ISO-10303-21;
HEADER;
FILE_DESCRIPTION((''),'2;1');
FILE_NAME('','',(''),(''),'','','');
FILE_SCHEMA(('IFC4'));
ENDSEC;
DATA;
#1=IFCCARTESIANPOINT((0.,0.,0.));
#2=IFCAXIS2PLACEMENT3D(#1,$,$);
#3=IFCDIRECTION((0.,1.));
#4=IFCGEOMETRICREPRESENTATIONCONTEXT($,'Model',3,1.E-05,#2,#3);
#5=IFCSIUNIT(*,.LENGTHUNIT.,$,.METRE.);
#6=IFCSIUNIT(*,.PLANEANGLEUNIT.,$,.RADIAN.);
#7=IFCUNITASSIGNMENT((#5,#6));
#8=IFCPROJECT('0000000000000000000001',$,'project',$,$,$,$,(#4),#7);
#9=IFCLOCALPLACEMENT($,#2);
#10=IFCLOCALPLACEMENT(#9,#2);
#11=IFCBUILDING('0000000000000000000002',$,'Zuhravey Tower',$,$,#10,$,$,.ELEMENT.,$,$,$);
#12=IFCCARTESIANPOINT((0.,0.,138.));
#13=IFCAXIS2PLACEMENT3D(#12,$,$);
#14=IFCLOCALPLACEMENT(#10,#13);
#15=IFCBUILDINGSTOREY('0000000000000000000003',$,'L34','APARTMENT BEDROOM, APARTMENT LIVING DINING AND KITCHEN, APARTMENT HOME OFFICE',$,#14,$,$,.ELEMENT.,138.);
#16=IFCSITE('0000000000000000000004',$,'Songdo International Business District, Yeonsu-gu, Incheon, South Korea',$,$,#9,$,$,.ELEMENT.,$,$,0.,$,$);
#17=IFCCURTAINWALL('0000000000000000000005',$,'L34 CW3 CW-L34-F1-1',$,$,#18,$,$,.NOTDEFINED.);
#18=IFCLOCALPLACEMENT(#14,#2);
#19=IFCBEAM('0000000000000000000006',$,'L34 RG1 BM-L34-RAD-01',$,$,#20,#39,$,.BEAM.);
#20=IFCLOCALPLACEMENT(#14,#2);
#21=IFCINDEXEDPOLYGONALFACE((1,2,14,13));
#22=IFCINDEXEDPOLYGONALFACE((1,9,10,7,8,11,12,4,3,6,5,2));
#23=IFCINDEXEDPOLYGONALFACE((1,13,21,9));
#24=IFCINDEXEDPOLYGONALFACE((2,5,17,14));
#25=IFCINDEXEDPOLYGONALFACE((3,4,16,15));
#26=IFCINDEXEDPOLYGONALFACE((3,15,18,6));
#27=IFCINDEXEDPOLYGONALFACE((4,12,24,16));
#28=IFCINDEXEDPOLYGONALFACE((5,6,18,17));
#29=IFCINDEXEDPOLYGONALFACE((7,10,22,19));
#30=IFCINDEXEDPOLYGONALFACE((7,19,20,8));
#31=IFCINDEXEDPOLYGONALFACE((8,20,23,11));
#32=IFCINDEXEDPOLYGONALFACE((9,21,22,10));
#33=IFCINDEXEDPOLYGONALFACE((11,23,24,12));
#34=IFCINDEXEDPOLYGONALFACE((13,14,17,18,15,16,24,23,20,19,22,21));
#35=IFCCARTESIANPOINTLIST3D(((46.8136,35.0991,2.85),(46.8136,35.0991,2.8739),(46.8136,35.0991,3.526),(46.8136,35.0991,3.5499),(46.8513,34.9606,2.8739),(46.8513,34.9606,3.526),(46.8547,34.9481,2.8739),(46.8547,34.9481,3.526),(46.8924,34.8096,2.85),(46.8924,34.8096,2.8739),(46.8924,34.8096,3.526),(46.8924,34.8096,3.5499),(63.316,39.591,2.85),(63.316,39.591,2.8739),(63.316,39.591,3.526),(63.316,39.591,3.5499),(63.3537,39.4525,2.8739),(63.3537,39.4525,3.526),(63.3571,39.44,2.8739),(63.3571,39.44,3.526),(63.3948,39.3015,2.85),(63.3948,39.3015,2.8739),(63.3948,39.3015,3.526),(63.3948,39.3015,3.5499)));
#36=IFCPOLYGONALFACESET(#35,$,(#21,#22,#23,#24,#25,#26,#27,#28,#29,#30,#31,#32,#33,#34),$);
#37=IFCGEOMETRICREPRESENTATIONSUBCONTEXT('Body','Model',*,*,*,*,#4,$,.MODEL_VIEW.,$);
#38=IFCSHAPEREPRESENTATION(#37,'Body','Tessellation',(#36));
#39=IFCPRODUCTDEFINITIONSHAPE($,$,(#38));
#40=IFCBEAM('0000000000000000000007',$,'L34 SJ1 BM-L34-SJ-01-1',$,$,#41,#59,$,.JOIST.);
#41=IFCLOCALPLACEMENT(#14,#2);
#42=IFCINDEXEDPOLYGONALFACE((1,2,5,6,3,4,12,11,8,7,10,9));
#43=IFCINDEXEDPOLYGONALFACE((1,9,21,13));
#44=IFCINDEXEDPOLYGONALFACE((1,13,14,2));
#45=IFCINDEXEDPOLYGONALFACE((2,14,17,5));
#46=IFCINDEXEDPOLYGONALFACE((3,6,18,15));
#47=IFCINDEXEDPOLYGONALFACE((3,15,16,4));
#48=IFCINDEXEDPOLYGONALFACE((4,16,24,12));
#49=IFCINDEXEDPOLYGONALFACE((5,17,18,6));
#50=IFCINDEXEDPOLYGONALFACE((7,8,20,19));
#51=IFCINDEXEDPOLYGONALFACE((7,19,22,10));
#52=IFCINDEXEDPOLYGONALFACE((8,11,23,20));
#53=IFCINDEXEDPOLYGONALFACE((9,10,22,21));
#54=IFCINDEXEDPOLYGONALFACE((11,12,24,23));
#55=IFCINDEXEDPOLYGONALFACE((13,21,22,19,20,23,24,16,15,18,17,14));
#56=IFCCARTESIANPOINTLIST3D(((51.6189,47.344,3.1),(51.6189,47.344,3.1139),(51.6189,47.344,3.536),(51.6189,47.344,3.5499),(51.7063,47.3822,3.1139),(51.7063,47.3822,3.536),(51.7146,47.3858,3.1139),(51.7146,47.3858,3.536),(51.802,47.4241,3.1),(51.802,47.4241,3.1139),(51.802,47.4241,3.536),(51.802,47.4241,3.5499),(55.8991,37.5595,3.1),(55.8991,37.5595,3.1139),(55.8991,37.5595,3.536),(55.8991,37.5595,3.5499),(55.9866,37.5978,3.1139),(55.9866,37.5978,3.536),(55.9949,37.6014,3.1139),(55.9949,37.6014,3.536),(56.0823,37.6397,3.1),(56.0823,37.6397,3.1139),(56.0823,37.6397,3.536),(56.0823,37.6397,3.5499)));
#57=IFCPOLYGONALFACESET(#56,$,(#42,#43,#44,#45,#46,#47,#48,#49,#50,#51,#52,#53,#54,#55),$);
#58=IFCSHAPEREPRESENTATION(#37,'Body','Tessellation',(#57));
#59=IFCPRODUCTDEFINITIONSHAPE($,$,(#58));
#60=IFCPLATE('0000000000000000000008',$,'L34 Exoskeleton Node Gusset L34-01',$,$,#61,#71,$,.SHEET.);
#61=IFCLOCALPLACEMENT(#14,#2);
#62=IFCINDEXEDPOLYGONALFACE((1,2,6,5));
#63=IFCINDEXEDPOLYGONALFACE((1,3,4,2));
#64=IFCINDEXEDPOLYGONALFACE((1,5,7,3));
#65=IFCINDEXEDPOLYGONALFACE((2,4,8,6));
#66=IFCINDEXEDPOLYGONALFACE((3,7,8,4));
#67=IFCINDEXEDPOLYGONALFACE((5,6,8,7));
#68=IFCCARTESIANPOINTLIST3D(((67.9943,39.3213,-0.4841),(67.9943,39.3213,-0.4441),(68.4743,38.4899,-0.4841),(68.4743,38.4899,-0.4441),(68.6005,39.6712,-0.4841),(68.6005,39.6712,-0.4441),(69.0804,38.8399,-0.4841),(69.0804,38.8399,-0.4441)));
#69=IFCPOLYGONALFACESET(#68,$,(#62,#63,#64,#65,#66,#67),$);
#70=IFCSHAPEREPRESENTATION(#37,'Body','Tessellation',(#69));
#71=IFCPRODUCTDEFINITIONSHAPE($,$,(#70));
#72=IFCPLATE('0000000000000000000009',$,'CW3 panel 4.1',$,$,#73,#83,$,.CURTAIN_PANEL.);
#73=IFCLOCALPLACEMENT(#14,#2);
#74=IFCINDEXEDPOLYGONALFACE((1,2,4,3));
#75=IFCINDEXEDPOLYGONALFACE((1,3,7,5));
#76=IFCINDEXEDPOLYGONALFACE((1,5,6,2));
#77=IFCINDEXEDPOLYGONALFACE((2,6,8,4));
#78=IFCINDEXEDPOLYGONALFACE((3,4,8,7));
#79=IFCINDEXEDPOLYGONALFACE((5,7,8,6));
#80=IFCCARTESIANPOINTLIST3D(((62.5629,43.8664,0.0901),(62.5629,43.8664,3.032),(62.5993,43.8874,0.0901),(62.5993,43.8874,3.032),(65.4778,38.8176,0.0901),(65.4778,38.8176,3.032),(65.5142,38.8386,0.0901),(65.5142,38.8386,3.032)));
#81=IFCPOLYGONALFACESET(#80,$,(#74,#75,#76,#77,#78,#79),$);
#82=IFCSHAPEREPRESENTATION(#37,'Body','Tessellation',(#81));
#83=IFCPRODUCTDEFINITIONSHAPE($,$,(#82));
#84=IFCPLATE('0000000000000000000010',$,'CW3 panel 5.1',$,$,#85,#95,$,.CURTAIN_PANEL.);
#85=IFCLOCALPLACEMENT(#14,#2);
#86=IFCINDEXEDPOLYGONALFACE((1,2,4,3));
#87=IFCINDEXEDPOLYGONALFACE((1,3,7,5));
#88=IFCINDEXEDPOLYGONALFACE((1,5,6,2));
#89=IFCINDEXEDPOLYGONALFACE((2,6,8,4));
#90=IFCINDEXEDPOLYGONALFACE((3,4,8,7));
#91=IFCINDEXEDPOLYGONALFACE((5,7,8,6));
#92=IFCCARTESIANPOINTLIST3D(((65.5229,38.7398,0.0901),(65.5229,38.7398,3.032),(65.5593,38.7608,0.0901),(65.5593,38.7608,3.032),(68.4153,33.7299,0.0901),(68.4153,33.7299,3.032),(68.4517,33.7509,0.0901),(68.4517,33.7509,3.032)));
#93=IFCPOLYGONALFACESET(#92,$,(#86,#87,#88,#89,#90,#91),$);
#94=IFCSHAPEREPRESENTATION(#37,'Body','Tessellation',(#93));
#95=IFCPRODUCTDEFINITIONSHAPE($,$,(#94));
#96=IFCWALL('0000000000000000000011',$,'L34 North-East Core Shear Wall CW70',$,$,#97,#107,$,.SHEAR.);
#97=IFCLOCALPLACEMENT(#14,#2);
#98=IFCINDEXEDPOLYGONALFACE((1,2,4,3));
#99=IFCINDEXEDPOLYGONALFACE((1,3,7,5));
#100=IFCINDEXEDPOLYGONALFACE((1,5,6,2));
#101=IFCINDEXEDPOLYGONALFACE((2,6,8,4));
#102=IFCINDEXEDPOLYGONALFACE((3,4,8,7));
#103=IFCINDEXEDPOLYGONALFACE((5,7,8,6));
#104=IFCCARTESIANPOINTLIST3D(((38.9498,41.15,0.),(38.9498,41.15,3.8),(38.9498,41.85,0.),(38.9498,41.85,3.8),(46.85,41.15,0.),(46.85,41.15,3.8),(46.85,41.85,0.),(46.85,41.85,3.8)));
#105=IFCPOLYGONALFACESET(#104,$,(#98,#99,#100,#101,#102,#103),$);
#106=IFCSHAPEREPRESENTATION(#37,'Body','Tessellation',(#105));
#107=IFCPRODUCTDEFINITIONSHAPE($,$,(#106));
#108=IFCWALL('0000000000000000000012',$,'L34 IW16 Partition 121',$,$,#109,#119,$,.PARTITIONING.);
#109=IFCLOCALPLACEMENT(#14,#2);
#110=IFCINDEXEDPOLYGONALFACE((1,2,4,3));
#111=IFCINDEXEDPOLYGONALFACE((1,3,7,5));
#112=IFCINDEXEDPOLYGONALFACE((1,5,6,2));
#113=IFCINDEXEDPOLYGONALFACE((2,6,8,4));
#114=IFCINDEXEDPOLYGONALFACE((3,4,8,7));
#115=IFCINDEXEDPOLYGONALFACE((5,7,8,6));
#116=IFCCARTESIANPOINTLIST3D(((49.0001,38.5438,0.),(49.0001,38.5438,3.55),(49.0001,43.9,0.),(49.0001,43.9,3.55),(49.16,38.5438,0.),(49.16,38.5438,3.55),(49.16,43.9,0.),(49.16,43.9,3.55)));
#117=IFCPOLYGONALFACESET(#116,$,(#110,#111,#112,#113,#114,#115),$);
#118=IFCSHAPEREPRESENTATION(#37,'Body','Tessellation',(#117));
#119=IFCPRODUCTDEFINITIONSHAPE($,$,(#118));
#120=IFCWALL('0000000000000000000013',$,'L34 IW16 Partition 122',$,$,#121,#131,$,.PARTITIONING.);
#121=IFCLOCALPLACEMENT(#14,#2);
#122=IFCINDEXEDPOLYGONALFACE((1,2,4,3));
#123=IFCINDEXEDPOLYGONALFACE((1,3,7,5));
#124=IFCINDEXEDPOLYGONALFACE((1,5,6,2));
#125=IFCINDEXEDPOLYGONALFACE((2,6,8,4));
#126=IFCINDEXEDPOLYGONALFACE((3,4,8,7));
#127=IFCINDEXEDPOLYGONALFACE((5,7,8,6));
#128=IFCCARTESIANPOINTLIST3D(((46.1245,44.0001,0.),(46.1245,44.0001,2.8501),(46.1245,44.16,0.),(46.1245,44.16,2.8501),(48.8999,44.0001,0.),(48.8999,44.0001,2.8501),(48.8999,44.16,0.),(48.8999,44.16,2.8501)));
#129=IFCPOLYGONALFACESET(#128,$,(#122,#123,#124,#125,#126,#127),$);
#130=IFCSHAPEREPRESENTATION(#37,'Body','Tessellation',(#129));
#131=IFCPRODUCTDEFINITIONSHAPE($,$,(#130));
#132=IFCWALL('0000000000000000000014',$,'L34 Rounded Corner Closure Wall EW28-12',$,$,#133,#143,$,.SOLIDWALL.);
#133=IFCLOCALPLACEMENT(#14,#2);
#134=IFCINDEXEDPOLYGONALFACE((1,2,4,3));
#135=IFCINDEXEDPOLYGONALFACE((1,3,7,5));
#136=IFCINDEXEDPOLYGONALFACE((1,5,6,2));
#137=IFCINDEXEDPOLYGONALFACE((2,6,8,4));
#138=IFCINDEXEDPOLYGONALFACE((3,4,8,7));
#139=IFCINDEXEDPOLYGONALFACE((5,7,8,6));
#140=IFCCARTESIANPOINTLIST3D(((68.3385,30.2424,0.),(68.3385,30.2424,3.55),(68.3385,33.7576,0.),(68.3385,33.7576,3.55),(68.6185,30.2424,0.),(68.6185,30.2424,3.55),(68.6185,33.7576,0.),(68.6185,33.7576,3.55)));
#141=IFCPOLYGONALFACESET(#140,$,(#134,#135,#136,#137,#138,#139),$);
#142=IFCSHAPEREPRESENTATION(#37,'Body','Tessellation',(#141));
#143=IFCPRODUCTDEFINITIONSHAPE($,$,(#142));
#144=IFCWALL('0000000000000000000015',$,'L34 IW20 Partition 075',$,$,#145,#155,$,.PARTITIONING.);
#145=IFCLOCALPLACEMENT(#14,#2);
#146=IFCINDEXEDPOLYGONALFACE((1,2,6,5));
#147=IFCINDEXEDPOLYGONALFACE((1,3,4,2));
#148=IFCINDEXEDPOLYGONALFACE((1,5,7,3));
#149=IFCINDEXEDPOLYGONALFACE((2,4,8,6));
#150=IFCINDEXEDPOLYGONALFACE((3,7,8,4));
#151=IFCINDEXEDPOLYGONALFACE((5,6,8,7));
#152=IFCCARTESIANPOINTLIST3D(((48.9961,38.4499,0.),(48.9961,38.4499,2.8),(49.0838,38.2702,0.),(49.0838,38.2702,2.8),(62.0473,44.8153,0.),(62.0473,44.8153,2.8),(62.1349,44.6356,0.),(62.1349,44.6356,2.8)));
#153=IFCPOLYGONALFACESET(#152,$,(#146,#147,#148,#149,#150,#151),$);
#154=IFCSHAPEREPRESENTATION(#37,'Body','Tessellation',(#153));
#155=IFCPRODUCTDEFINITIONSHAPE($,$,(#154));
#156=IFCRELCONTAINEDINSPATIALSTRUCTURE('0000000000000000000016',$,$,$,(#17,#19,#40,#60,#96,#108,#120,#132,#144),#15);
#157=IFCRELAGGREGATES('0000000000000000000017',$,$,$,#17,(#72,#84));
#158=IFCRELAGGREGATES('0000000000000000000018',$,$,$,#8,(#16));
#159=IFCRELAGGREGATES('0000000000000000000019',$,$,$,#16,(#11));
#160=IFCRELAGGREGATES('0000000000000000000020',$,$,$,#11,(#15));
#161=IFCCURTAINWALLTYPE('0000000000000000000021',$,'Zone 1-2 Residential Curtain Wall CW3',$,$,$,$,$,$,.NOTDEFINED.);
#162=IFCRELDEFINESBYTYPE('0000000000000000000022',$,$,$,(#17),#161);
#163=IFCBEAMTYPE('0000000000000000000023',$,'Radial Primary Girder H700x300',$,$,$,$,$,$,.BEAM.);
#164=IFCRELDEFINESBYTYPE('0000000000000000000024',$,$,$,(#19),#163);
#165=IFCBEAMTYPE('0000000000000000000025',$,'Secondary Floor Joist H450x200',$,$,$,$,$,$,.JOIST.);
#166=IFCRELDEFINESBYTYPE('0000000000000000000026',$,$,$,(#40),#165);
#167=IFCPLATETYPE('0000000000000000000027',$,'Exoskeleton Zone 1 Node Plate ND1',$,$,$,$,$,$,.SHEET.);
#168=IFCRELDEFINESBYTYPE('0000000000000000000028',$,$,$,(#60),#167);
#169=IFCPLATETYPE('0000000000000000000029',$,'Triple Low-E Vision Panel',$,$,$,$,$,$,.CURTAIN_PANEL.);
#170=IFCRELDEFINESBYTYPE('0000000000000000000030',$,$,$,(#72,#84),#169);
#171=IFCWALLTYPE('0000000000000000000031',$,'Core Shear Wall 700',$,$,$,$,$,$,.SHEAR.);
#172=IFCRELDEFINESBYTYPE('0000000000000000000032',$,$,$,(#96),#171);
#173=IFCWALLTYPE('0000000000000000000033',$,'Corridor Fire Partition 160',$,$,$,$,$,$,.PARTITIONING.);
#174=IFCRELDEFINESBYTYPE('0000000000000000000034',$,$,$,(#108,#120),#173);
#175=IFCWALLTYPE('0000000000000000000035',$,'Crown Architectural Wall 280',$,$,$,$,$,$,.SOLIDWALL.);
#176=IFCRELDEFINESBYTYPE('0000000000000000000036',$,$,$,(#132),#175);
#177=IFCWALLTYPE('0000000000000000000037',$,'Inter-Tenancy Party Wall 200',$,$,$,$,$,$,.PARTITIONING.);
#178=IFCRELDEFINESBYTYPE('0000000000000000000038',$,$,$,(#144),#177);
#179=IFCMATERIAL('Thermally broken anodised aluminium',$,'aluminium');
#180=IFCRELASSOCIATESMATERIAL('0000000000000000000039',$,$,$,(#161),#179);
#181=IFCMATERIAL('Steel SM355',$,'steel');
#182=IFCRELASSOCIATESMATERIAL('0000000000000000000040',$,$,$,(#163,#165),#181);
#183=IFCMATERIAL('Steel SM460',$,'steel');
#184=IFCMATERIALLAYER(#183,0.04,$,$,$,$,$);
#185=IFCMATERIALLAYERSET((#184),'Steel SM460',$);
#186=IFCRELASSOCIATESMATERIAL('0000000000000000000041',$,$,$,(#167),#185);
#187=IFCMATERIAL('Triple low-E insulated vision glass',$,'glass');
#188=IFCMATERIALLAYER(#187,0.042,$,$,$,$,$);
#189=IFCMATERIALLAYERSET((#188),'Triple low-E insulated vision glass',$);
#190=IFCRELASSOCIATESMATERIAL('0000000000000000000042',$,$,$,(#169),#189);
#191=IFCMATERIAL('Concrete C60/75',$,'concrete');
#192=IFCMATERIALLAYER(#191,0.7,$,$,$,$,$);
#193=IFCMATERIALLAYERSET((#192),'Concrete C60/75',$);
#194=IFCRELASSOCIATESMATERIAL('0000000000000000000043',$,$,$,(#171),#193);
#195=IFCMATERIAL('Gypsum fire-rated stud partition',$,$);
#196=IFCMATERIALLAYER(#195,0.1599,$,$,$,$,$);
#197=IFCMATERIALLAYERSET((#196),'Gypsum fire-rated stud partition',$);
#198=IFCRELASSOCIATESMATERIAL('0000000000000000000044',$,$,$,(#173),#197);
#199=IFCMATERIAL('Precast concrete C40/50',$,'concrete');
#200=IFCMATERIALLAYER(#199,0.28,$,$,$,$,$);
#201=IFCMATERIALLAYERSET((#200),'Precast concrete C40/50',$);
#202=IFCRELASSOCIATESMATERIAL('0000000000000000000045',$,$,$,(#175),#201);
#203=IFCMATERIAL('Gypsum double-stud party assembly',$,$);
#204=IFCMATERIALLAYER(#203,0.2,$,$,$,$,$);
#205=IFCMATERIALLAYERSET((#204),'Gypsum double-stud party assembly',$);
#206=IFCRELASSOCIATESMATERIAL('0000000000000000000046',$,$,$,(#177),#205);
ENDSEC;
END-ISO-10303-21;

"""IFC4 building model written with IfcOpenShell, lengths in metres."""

from ifc_helpers import new_model, si_unit, direction, frame, frame_2d, origin, origin_2d, place, context, subcontext, project, spatial, rectangle, i_section, extrude, material, layer, layer_set, material_profile, profile_set, type_object, element, aggregate, save


model = new_model("IFC4")

# Units and contexts
model_context = context("Model", 3, precision=1e-05, world=origin(), true_north=direction((0.0, 1.0)))
body_context = subcontext(model_context, "Body", "Model", "MODEL_VIEW")
ifc_project = project(units=[si_unit("LENGTHUNIT", "METRE"), si_unit("PLANEANGLEUNIT", "RADIAN")], contexts=[model_context])

# Site, building, storey
site_placement = place(None, origin())
site = spatial("IfcSite", under=ifc_project, at=site_placement, Name="Songdo International Business District, Yeonsu-gu, Incheon, South Korea", CompositionType="ELEMENT", RefElevation=0.0)
building_placement = place(site_placement, origin())
building = spatial("IfcBuilding", under=site, at=building_placement, Name="Zuhravey Tower", CompositionType="ELEMENT")
storey_placement = place(building_placement, frame((0.0, 0.0, 138.0)))
storey = spatial("IfcBuildingStorey", under=building, at=storey_placement, Name="L34", Description="APARTMENT BEDROOM, APARTMENT LIVING DINING AND KITCHEN, APARTMENT HOME OFFICE", CompositionType="ELEMENT", Elevation=138.0)

# Shared definitions
ifc_material_1 = material(Name="Concrete C60/75", Category="concrete")

# Curtain wall
ifc_material_2 = material(Name="Thermally broken anodised aluminium", Category="aluminium")
curtain_wall_type = type_object("IfcCurtainWallType", Name="Zone 1-2 Residential Curtain Wall CW3", PredefinedType="NOTDEFINED", material=ifc_material_2)
curtain_wall_placement = place(storey_placement, origin())
curtain_wall = element("IfcCurtainWall", 1, at=curtain_wall_placement, inside=storey, type_object=curtain_wall_type, Name="L34 CW3 CW-L34-F1-1", PredefinedType="NOTDEFINED")

# Shared definitions
ifc_material_3 = material(Name="Steel SM460", Category="steel")

# Shared definitions
ifc_material_4 = material(Name="Steel SM355", Category="steel")

# Beams
ifc_material_profile_1 = material_profile(ifc_material_4, i_section(OverallWidth=0.3, OverallDepth=0.7, WebThickness=0.0129, FlangeThickness=0.0239, at=origin_2d()), Name="H-700x300x13x24")
ifc_profile_set_1 = profile_set([ifc_material_profile_1], Name="Steel SM355")
beam_type_1 = type_object("IfcBeamType", Name="Radial Primary Girder H700x300", PredefinedType="BEAM", material=ifc_profile_set_1)
beam_1_placement = place(storey_placement, frame((46.853, 34.9543, 3.2), z_axis=(0.964893, 0.262643, 0.0), x_axis=(-0.262643, 0.964893, 0.0)))
element("IfcBeam", 2, at=beam_1_placement, inside=storey, type_object=beam_type_1, Name="L34 RG1 BM-L34-RAD-01", PredefinedType="BEAM", context=body_context, shape_type="SweptSolid", body=[
    extrude(i_section(OverallWidth=0.3, OverallDepth=0.7, WebThickness=0.0129, FlangeThickness=0.0239, at=origin_2d()), origin(), (0.0, 0.0, 1.0), 17.1028),
])
ifc_material_profile_2 = material_profile(ifc_material_4, i_section(OverallWidth=0.2, OverallDepth=0.45, WebThickness=0.009, FlangeThickness=0.0139, at=origin_2d()), Name="H-450x200x9x14")
ifc_profile_set_2 = profile_set([ifc_material_profile_2], Name="Steel SM355")
beam_type_2 = type_object("IfcBeamType", Name="Secondary Floor Joist H450x200", PredefinedType="JOIST", material=ifc_profile_set_2)
beam_2_placement = place(storey_placement, frame((55.9907, 37.5996, 3.325), z_axis=(-0.400786, 0.916172, 0.0), x_axis=(-0.916172, -0.400786, 0.0)))
element("IfcBeam", 3, at=beam_2_placement, inside=storey, type_object=beam_type_2, Name="L34 SJ1 BM-L34-SJ-01-1", PredefinedType="JOIST", context=body_context, shape_type="SweptSolid", body=[
    extrude(i_section(OverallWidth=0.2, OverallDepth=0.45, WebThickness=0.009, FlangeThickness=0.0139, at=origin_2d()), origin(), (0.0, 0.0, 1.0), 10.6797),
])

# Plates
ifc_layer_1 = layer(ifc_material_3, 0.04)
ifc_layer_set_1 = layer_set([ifc_layer_1], Name="Steel SM460")
plate_type_1 = type_object("IfcPlateType", Name="Exoskeleton Zone 1 Node Plate ND1", PredefinedType="SHEET", material=ifc_layer_set_1)
plate_1_placement = place(storey_placement, frame((68.5374, 39.0806, -0.4841), z_axis=(0.0, 0.0, 1.0), x_axis=(-0.5, 0.866025, 0.0)))
element("IfcPlate", 4, at=plate_1_placement, inside=storey, type_object=plate_type_1, Name="L34 Exoskeleton Node Gusset L34-01", PredefinedType="SHEET", context=body_context, shape_type="SweptSolid", body=[
    extrude(rectangle(XDim=0.96, YDim=0.7, at=origin_2d()), origin(), (0.0, 0.0, 1.0), 0.04),
])
ifc_material_5 = material(Name="Triple low-E insulated vision glass", Category="glass")
ifc_layer_2 = layer(ifc_material_5, 0.042)
ifc_layer_set_2 = layer_set([ifc_layer_2], Name="Triple low-E insulated vision glass")
plate_type_2 = type_object("IfcPlateType", Name="Triple Low-E Vision Panel", PredefinedType="CURTAIN_PANEL", material=ifc_layer_set_2)
plate_2_placement = place(storey_placement, frame((64.0386, 41.3525, 0.0901), z_axis=(0.0, 0.0, 1.0), x_axis=(0.5, -0.866026, 0.0)))
plate_2 = element("IfcPlate", 5, at=plate_2_placement, type_object=plate_type_2, Name="CW3 panel 4.1", PredefinedType="CURTAIN_PANEL", context=body_context, shape_type="SweptSolid", body=[
    extrude(rectangle(XDim=5.8298, YDim=0.042, at=origin_2d()), origin(), (0.0, 0.0, 1.0), 2.9419),
])
plate_3_placement = place(storey_placement, frame((66.9873, 36.2454, 0.0901), z_axis=(0.0, 0.0, 1.0), x_axis=(0.5, -0.866026, 0.0)))
plate_3 = element("IfcPlate", 6, at=plate_3_placement, type_object=plate_type_2, Name="CW3 panel 5.1", PredefinedType="CURTAIN_PANEL", context=body_context, shape_type="SweptSolid", body=[
    extrude(rectangle(XDim=5.7849, YDim=0.042, at=origin_2d()), origin(), (0.0, 0.0, 1.0), 2.9419),
])
aggregate(curtain_wall, [plate_2, plate_3])

# Walls
ifc_layer_3 = layer(ifc_material_1, 0.7)
ifc_layer_set_3 = layer_set([ifc_layer_3], Name="Concrete C60/75")
wall_type_1 = type_object("IfcWallType", Name="Core Shear Wall 700", PredefinedType="SHEAR", material=ifc_layer_set_3)
wall_1_placement = place(storey_placement, frame((46.8501, 41.5, 0.0), z_axis=(0.0, 0.0, 1.0), x_axis=(-1.0, 0.0, 0.0)))
element("IfcWall", 7, at=wall_1_placement, inside=storey, type_object=wall_type_1, Name="L34 North-East Core Shear Wall CW70", PredefinedType="SHEAR", context=body_context, shape_type="SweptSolid", body=[
    extrude(rectangle(XDim=7.9001, YDim=0.7, at=frame_2d((3.9502, 0.0))), origin(), (0.0, 0.0, 1.0), 3.8),
])
ifc_material_6 = material(Name="Gypsum fire-rated stud partition")
ifc_layer_4 = layer(ifc_material_6, 0.1599)
ifc_layer_set_4 = layer_set([ifc_layer_4], Name="Gypsum fire-rated stud partition")
wall_type_2 = type_object("IfcWallType", Name="Corridor Fire Partition 160", PredefinedType="PARTITIONING", material=ifc_layer_set_4)
wall_2_placement = place(storey_placement, frame((49.0801, 38.5437, 0.0), z_axis=(0.0, 0.0, 1.0), x_axis=(0.0, 1.0, 0.0)))
element("IfcWall", 8, at=wall_2_placement, inside=storey, type_object=wall_type_2, Name="L34 IW16 Partition 121", PredefinedType="PARTITIONING", context=body_context, shape_type="SweptSolid", body=[
    extrude(rectangle(XDim=5.3562, YDim=0.1599, at=frame_2d((2.6782, 0.0))), origin(), (0.0, 0.0, 1.0), 3.55),
])
wall_3_placement = place(storey_placement, frame((48.8999, 44.0801, 0.0), z_axis=(0.0, 0.0, 1.0), x_axis=(-1.0, 0.0, 0.0)))
element("IfcWall", 9, at=wall_3_placement, inside=storey, type_object=wall_type_2, Name="L34 IW16 Partition 122", PredefinedType="PARTITIONING", context=body_context, shape_type="SweptSolid", body=[
    extrude(rectangle(XDim=2.7754, YDim=0.1599, at=frame_2d((1.3877, 0.0))), origin(), (0.0, 0.0, 1.0), 2.8501),
])
ifc_material_7 = material(Name="Precast concrete C40/50", Category="concrete")
ifc_layer_5 = layer(ifc_material_7, 0.28)
ifc_layer_set_5 = layer_set([ifc_layer_5], Name="Precast concrete C40/50")
wall_type_3 = type_object("IfcWallType", Name="Crown Architectural Wall 280", PredefinedType="SOLIDWALL", material=ifc_layer_set_5)
wall_4_placement = place(storey_placement, frame((68.4785, 33.7576, 0.0), z_axis=(0.0, 0.0, 1.0), x_axis=(0.0, -1.0, 0.0)))
element("IfcWall", 10, at=wall_4_placement, inside=storey, type_object=wall_type_3, Name="L34 Rounded Corner Closure Wall EW28-12", PredefinedType="SOLIDWALL", context=body_context, shape_type="SweptSolid", body=[
    extrude(rectangle(XDim=3.5151, YDim=0.28, at=frame_2d((1.7576, 0.0))), origin(), (0.0, 0.0, 1.0), 3.55),
])
ifc_material_8 = material(Name="Gypsum double-stud party assembly")
ifc_layer_6 = layer(ifc_material_8, 0.2)
ifc_layer_set_6 = layer_set([ifc_layer_6], Name="Gypsum double-stud party assembly")
wall_type_4 = type_object("IfcWallType", Name="Inter-Tenancy Party Wall 200", PredefinedType="PARTITIONING", material=ifc_layer_set_6)
wall_5_placement = place(storey_placement, frame((49.04, 38.3601, 0.0), z_axis=(0.0, 0.0, 1.0), x_axis=(0.898795, 0.438368, 0.0)))
element("IfcWall", 11, at=wall_5_placement, inside=storey, type_object=wall_type_4, Name="L34 IW20 Partition 075", PredefinedType="PARTITIONING", context=body_context, shape_type="SweptSolid", body=[
    extrude(rectangle(XDim=14.5208, YDim=0.2, at=frame_2d((7.2603, 0.0))), origin(), (0.0, 0.0, 1.0), 2.8),
])

save(model, "model.ifc")
